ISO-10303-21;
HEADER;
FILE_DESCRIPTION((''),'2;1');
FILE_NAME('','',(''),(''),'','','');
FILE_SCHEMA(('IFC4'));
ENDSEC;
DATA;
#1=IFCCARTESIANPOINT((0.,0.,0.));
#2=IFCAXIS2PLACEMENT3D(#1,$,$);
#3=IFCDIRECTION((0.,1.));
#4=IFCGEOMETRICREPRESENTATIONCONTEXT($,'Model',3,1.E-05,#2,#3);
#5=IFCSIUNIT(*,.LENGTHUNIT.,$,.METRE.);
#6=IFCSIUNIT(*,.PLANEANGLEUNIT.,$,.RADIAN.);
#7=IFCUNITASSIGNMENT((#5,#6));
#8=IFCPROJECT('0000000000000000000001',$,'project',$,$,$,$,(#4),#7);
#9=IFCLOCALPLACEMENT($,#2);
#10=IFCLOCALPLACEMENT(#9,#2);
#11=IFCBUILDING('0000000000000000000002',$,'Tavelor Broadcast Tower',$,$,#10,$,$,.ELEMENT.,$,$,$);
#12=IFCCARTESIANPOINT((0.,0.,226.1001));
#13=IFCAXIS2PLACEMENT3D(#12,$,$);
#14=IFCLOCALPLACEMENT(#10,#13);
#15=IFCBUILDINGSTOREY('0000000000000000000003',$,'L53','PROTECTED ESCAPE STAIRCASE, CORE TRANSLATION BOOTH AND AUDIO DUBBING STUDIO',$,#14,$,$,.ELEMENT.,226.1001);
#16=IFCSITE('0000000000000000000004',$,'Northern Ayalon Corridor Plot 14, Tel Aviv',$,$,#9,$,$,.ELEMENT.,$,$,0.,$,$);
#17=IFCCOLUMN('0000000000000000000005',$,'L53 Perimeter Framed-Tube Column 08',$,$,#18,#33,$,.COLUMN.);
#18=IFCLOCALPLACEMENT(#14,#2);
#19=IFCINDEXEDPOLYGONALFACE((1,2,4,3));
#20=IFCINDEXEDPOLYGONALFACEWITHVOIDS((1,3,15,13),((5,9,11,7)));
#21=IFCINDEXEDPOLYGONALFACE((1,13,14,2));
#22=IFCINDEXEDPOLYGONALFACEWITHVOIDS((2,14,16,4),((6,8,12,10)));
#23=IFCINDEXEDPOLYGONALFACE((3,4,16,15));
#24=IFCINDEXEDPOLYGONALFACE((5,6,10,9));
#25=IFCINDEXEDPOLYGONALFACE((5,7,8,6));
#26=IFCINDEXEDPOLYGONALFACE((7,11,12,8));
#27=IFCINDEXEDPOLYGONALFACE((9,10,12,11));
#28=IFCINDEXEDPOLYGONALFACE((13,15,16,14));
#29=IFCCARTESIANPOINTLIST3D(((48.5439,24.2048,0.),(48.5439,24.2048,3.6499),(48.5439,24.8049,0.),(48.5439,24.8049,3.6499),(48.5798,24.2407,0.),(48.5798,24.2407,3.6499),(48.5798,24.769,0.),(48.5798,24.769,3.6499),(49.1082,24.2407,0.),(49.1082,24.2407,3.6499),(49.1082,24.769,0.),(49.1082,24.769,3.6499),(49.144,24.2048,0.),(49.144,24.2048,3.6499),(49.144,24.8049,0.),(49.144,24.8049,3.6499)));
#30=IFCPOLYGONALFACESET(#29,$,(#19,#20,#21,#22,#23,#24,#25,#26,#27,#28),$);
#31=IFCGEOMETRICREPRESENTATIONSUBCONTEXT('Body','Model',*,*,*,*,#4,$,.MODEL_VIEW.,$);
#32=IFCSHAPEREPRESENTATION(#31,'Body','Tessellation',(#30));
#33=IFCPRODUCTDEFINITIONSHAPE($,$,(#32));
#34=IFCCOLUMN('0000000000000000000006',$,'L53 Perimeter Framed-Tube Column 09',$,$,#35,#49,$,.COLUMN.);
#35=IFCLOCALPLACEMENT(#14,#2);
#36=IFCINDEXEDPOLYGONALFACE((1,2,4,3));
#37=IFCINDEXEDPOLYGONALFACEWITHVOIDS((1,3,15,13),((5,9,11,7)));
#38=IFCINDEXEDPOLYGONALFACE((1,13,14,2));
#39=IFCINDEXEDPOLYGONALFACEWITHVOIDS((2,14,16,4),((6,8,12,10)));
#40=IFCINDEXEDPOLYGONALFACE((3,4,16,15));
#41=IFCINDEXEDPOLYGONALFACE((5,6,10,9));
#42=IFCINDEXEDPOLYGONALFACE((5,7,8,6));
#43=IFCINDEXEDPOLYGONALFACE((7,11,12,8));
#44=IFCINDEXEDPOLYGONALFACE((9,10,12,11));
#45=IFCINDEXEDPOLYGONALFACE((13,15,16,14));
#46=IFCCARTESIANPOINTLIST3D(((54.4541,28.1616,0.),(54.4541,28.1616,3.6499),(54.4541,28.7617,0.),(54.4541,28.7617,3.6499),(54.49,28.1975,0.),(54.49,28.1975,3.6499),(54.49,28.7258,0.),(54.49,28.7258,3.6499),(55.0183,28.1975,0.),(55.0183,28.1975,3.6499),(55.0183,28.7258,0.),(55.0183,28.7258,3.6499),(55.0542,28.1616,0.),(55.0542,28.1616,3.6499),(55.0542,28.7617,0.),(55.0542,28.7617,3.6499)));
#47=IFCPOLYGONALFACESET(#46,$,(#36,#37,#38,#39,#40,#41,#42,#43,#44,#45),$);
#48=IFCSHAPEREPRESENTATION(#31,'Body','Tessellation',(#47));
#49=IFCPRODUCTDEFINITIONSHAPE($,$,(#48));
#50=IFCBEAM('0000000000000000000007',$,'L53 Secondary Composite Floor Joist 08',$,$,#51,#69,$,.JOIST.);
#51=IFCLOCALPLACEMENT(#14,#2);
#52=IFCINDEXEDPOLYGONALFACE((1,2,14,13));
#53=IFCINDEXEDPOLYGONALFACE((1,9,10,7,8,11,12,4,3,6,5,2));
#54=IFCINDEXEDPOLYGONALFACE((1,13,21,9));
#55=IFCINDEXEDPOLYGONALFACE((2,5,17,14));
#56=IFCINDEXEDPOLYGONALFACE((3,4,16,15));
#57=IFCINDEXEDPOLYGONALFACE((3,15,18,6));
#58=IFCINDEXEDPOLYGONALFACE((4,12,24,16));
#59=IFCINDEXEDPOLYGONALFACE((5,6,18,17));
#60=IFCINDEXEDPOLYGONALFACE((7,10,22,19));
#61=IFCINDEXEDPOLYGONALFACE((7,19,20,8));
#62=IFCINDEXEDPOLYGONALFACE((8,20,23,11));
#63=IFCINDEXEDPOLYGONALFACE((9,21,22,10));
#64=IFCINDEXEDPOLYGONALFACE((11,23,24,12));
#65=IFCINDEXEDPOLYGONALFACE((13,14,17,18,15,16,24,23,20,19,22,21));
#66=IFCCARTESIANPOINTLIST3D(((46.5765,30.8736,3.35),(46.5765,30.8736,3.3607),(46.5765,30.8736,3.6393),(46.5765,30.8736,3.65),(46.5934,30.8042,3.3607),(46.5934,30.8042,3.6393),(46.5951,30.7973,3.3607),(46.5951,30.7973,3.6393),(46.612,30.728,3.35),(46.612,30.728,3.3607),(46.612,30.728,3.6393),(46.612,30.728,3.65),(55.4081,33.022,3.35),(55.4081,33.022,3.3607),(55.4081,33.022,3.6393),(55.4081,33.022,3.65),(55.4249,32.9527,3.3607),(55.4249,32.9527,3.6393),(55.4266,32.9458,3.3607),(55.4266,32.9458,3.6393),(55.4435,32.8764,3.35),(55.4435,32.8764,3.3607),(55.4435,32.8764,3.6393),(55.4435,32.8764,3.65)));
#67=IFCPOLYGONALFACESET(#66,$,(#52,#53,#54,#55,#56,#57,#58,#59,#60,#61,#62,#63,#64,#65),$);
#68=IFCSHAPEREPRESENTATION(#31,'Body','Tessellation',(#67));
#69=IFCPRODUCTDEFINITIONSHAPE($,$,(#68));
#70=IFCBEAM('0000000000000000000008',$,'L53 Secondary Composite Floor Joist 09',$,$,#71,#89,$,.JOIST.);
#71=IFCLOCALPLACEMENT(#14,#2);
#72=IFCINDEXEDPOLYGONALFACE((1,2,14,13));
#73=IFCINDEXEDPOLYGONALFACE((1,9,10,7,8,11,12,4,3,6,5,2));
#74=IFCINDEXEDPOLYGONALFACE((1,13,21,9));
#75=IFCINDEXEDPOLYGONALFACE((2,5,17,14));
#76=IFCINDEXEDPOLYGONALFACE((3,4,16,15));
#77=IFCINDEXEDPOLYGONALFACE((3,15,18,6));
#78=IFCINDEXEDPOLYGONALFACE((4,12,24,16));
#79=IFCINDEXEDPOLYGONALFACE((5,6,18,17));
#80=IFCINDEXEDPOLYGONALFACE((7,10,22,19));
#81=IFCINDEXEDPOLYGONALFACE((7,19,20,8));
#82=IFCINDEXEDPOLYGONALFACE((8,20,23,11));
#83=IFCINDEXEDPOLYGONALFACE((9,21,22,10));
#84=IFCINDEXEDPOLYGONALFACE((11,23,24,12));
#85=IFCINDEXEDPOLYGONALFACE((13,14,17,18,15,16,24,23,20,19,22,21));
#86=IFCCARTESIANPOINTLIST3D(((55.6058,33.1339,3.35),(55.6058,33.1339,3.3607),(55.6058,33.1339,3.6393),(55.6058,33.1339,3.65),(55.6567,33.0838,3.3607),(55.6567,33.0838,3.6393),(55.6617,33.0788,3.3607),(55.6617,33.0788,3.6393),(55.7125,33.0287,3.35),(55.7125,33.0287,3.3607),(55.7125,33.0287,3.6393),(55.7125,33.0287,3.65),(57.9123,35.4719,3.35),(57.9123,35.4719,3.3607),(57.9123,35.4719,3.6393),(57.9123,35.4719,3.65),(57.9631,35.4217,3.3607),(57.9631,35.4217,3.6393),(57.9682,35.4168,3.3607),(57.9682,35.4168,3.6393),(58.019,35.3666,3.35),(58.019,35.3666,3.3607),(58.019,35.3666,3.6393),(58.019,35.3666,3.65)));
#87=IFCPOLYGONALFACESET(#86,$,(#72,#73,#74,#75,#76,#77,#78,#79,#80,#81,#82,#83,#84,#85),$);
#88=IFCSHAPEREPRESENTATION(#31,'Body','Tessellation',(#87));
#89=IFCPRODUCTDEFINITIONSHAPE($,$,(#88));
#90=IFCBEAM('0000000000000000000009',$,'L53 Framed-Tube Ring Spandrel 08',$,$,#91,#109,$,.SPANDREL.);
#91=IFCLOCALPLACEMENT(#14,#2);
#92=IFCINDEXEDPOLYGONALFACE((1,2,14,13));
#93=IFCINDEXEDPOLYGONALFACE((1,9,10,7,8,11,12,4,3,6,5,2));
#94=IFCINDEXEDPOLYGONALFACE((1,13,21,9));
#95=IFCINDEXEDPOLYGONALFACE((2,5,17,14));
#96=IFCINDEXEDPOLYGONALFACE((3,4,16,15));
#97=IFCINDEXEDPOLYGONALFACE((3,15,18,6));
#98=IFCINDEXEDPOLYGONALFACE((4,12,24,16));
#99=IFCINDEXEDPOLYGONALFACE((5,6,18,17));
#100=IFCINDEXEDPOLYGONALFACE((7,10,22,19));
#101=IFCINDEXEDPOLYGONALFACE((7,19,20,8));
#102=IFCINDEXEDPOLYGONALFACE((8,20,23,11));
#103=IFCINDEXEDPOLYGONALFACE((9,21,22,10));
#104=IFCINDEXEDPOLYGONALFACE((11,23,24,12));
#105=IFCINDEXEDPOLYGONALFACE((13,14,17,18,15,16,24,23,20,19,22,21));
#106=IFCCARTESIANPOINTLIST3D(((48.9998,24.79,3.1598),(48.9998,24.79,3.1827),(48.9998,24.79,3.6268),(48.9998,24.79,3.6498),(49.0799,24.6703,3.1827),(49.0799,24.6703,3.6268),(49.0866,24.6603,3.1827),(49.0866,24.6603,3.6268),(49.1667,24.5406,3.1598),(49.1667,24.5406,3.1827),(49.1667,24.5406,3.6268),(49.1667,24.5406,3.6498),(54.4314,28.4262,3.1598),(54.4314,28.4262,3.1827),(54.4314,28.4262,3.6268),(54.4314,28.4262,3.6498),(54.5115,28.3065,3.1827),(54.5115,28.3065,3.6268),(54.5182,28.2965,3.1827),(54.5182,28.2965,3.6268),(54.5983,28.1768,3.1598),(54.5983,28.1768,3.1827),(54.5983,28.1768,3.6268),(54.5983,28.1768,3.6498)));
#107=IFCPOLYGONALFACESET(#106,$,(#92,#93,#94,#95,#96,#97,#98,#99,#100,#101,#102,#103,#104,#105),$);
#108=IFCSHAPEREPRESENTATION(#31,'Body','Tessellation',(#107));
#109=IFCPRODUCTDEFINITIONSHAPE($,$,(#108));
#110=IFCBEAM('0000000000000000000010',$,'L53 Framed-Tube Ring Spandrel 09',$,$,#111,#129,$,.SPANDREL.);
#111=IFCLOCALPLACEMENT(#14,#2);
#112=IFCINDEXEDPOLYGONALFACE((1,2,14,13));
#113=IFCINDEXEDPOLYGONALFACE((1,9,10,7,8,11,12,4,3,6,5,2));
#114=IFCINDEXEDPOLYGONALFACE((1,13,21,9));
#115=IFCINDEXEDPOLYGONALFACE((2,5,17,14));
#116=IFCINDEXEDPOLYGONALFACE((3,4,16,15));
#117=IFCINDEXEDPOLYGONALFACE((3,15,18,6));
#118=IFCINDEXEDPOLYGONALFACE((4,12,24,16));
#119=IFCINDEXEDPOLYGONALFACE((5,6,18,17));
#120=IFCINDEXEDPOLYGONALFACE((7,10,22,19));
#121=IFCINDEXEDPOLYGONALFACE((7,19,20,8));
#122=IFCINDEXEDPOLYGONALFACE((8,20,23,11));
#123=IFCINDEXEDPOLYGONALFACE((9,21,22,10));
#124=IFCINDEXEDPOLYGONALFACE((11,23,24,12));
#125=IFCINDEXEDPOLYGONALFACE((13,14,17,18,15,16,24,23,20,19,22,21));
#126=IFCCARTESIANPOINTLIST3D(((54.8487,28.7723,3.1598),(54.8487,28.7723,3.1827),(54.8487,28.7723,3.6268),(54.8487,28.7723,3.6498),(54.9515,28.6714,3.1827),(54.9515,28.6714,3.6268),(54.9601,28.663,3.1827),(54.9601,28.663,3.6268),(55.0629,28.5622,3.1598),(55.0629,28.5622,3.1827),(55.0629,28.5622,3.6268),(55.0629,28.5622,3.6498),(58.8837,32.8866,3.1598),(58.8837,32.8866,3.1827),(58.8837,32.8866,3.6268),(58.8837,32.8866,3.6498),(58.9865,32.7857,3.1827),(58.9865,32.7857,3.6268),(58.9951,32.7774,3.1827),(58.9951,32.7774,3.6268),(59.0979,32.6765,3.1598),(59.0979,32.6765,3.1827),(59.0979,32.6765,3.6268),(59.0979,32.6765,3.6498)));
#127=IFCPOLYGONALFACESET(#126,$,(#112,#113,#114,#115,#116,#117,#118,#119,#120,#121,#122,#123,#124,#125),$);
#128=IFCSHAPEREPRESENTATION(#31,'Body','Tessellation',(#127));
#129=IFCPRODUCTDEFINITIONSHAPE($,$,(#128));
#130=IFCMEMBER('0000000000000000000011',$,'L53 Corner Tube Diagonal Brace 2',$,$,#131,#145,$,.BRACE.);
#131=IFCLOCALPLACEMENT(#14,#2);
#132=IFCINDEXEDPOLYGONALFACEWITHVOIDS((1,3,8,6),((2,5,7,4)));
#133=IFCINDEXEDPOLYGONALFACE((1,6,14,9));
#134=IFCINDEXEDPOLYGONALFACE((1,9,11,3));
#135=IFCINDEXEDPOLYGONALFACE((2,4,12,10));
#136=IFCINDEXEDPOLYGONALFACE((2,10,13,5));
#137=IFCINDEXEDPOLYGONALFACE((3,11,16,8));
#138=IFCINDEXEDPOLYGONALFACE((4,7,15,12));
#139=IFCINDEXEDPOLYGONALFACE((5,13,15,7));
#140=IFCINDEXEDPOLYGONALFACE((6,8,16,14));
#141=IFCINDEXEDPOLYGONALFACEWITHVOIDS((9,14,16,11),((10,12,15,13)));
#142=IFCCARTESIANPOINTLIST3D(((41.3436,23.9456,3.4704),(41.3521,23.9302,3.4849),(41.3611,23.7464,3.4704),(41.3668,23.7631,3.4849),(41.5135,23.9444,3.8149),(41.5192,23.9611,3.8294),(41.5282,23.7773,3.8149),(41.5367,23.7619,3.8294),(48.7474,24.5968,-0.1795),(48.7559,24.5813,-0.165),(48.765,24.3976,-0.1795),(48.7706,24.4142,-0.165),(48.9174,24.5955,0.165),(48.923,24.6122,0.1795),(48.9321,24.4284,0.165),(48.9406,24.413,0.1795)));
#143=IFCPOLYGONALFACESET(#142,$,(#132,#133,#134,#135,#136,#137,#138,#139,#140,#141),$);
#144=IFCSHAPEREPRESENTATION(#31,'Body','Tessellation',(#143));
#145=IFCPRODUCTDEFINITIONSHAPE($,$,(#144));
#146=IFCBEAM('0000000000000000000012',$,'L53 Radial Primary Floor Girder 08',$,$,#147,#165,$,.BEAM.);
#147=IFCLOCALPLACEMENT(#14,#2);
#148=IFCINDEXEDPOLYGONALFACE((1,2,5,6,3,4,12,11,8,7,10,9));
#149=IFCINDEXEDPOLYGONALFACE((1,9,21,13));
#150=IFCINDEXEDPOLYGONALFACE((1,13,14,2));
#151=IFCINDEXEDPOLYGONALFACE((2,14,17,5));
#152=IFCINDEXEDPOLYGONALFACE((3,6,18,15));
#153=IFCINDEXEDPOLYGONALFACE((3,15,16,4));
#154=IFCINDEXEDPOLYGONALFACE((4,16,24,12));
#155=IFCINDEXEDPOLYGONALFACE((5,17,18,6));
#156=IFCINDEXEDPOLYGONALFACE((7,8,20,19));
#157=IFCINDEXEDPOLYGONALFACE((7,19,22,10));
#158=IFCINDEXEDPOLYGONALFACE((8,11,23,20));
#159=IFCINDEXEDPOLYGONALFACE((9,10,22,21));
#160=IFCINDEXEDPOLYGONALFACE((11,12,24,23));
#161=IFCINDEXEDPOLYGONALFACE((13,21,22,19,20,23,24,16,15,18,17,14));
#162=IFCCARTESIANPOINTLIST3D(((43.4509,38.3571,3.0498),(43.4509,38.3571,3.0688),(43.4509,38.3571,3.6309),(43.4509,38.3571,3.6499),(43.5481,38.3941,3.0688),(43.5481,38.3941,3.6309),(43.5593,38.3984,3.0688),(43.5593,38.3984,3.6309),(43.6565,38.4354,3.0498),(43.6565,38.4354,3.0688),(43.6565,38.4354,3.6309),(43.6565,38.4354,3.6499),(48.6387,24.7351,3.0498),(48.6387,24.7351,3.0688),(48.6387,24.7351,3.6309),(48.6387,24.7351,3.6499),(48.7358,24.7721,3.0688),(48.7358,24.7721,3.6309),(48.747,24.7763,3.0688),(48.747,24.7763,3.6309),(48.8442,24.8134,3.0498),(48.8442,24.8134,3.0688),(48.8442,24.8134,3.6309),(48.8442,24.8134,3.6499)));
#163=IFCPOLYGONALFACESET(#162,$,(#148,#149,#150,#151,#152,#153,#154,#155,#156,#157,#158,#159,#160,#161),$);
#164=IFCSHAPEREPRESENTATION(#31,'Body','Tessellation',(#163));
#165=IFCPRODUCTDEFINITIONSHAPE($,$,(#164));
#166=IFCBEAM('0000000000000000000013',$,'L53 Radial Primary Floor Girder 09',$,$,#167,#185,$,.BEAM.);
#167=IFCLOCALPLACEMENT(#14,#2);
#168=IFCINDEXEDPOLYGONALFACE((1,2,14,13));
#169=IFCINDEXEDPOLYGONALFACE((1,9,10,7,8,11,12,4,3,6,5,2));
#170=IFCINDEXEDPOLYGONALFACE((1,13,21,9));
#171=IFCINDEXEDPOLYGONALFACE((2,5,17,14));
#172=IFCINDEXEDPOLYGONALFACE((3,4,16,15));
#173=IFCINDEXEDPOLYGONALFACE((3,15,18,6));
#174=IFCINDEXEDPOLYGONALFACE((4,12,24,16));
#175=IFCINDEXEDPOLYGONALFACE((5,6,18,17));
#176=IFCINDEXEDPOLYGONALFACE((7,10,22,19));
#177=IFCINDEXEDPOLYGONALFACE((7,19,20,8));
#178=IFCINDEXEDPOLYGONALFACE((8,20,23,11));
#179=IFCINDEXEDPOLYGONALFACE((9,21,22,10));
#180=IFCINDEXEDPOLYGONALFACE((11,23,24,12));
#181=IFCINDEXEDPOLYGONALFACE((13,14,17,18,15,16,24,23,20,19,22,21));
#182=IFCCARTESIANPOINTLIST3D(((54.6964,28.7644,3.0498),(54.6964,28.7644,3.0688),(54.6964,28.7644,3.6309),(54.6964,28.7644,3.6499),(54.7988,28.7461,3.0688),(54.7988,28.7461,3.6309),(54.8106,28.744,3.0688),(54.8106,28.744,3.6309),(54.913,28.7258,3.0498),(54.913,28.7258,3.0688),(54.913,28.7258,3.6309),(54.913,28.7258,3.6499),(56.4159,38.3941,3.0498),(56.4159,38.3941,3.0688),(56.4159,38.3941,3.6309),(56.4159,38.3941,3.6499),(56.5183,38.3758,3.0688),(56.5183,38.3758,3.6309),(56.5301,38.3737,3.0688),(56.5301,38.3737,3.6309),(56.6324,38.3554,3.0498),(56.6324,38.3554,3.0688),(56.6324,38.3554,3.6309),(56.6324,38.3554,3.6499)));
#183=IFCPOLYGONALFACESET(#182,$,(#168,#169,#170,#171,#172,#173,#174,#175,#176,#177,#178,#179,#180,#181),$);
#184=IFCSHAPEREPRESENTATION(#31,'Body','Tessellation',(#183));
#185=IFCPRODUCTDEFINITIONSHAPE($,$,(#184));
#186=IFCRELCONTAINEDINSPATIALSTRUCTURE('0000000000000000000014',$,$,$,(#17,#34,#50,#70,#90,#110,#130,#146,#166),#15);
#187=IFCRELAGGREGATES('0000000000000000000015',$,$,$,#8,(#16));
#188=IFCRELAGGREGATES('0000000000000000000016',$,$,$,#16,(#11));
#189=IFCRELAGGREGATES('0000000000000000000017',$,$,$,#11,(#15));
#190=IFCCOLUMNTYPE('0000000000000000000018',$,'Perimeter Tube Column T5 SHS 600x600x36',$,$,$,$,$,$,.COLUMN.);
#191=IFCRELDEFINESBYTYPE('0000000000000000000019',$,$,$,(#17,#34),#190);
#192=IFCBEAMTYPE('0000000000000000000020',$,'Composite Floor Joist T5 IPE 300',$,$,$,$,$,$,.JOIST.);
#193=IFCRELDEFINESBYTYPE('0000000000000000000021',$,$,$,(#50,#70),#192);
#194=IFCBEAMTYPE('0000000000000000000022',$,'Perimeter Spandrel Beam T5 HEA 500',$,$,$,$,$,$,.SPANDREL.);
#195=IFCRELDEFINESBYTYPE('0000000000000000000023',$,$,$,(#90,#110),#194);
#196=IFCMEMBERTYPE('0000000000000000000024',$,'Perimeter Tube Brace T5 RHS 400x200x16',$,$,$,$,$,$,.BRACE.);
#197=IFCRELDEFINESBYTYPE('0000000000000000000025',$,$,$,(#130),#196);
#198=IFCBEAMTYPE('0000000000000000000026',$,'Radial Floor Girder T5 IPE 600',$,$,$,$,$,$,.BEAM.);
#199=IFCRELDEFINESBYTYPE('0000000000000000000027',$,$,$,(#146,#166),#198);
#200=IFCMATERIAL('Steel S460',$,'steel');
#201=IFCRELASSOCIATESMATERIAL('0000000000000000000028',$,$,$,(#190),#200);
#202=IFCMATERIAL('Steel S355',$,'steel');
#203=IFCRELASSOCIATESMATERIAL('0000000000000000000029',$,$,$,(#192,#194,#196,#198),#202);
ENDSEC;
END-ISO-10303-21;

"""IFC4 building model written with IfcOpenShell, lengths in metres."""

from ifc_helpers import new_model, si_unit, direction, frame, origin, origin_2d, place, context, subcontext, project, spatial, hollow_rectangle, i_section, extrude, material, material_profile, profile_set, type_object, element, save


model = new_model("IFC4")

# Units and contexts
model_context = context("Model", 3, precision=1e-05, world=origin(), true_north=direction((0.0, 1.0)))
body_context = subcontext(model_context, "Body", "Model", "MODEL_VIEW")
ifc_project = project(units=[si_unit("LENGTHUNIT", "METRE"), si_unit("PLANEANGLEUNIT", "RADIAN")], contexts=[model_context])

# Site, building, storey
site_placement = place(None, origin())
site = spatial("IfcSite", under=ifc_project, at=site_placement, Name="Northern Ayalon Corridor Plot 14, Tel Aviv", CompositionType="ELEMENT", RefElevation=0.0)
building_placement = place(site_placement, origin())
building = spatial("IfcBuilding", under=site, at=building_placement, Name="Tavelor Broadcast Tower", CompositionType="ELEMENT")
storey_placement = place(building_placement, frame((0.0, 0.0, 226.1001)))
storey = spatial("IfcBuildingStorey", under=building, at=storey_placement, Name="L53", Description="PROTECTED ESCAPE STAIRCASE, CORE TRANSLATION BOOTH AND AUDIO DUBBING STUDIO", CompositionType="ELEMENT", Elevation=226.1001)

# Columns
ifc_material_1 = material(Name="Steel S460", Category="steel")
ifc_material_profile_1 = material_profile(ifc_material_1, hollow_rectangle(XDim=0.6001, YDim=0.6001, WallThickness=0.0359, at=origin_2d()), Name="SHS 600x600x36")
ifc_profile_set_1 = profile_set([ifc_material_profile_1], Name="Steel S460")
column_type = type_object("IfcColumnType", Name="Perimeter Tube Column T5 SHS 600x600x36", PredefinedType="COLUMN", material=ifc_profile_set_1)
for number, where, z_axis, x_axis, name in (
    (1, (48.844, 24.5049, 0.0), (0.0, 0.0, 1.0), (1.0, 0.0, 0.0), "L53 Perimeter Framed-Tube Column 08"),
    (2, (54.7542, 28.4617, 0.0), (0.0, 0.0, 1.0), (1.0, 0.0, 0.0), "L53 Perimeter Framed-Tube Column 09"),
):
    element("IfcColumn", number, at=place(storey_placement, frame(where, z_axis=z_axis, x_axis=x_axis)), inside=storey, type_object=column_type, Name=name, PredefinedType="COLUMN", context=body_context, shape_type="SweptSolid", body=[
        extrude(hollow_rectangle(XDim=0.6001, YDim=0.6001, WallThickness=0.0359, at=origin_2d()), origin(), (0.0, 0.0, 1.0), 3.6499),
    ])

# Beams
ifc_material_2 = material(Name="Steel S355", Category="steel")
ifc_material_profile_2 = material_profile(ifc_material_2, i_section(OverallWidth=0.1499, OverallDepth=0.3, WebThickness=0.0071, FlangeThickness=0.0107, at=origin_2d()), Name="IPE 300")
ifc_profile_set_2 = profile_set([ifc_material_profile_2], Name="Steel S355")
beam_type_1 = type_object("IfcBeamType", Name="Composite Floor Joist T5 IPE 300", PredefinedType="JOIST", material=ifc_profile_set_2)
beam_1_placement = place(storey_placement, frame((46.5942, 30.8008, 3.5), z_axis=(0.971662, 0.236375, 0.0), x_axis=(-0.236375, 0.971662, 0.0)))
element("IfcBeam", 3, at=beam_1_placement, inside=storey, type_object=beam_type_1, Name="L53 Secondary Composite Floor Joist 08", PredefinedType="JOIST", context=body_context, shape_type="SweptSolid", body=[
    extrude(i_section(OverallWidth=0.1499, OverallDepth=0.3, WebThickness=0.0071, FlangeThickness=0.0107, at=origin_2d()), origin(), (0.0, 0.0, 1.0), 9.0891),
])
beam_2_placement = place(storey_placement, frame((55.6592, 33.0813, 3.5), z_axis=(0.702296, 0.711885, 0.0), x_axis=(-0.711885, 0.702296, 0.0)))
element("IfcBeam", 4, at=beam_2_placement, inside=storey, type_object=beam_type_1, Name="L53 Secondary Composite Floor Joist 09", PredefinedType="JOIST", context=body_context, shape_type="SweptSolid", body=[
    extrude(i_section(OverallWidth=0.1499, OverallDepth=0.3, WebThickness=0.0071, FlangeThickness=0.0107, at=origin_2d()), origin(), (0.0, 0.0, 1.0), 3.2842),
])
ifc_material_profile_3 = material_profile(ifc_material_2, i_section(OverallWidth=0.3, OverallDepth=0.49, WebThickness=0.012, FlangeThickness=0.0229, at=origin_2d()), Name="HEA 500")
ifc_profile_set_3 = profile_set([ifc_material_profile_3], Name="Steel S355")
beam_type_2 = type_object("IfcBeamType", Name="Perimeter Spandrel Beam T5 HEA 500", PredefinedType="SPANDREL", material=ifc_profile_set_3)
beam_3_placement = place(storey_placement, frame((49.0833, 24.6653, 3.4048), z_axis=(0.83098, 0.556302, 0.0), x_axis=(-0.556302, 0.83098, 0.0)))
element("IfcBeam", 5, at=beam_3_placement, inside=storey, type_object=beam_type_2, Name="L53 Framed-Tube Ring Spandrel 08", PredefinedType="SPANDREL", context=body_context, shape_type="SweptSolid", body=[
    extrude(i_section(OverallWidth=0.3, OverallDepth=0.49, WebThickness=0.012, FlangeThickness=0.0229, at=origin_2d()), origin(), (0.0, 0.0, 1.0), 6.5364),
])
beam_4_placement = place(storey_placement, frame((54.9558, 28.6672, 3.4048), z_axis=(0.700189, 0.713958, 0.0), x_axis=(-0.713958, 0.700189, 0.0)))
element("IfcBeam", 6, at=beam_4_placement, inside=storey, type_object=beam_type_2, Name="L53 Framed-Tube Ring Spandrel 09", PredefinedType="SPANDREL", context=body_context, shape_type="SweptSolid", body=[
    extrude(i_section(OverallWidth=0.3, OverallDepth=0.49, WebThickness=0.012, FlangeThickness=0.0229, at=origin_2d()), origin(), (0.0, 0.0, 1.0), 5.7627),
])

# Member
ifc_material_profile_4 = material_profile(ifc_material_2, hollow_rectangle(XDim=0.2, YDim=0.3999, WallThickness=0.0161, at=origin_2d()), Name="RHS 400x200x16")
ifc_profile_set_4 = profile_set([ifc_material_profile_4], Name="Steel S355")
member_type_1 = type_object("IfcMemberType", Name="Perimeter Tube Brace T5 RHS 400x200x16", PredefinedType="BRACE", material=ifc_profile_set_4)
member_1_placement = place(storey_placement, frame((48.844, 24.5049, 0.0), z_axis=(-0.894155, -0.078636, 0.440797), x_axis=(0.087606, -0.996155, 0.0)))
element("IfcMember", 7, at=member_1_placement, inside=storey, type_object=member_type_1, Name="L53 Corner Tube Diagonal Brace 2", PredefinedType="BRACE", context=body_context, shape_type="SweptSolid", body=[
    extrude(hollow_rectangle(XDim=0.2, YDim=0.3999, WallThickness=0.0161, at=origin_2d()), origin(), (0.0, 0.0, 1.0), 8.2803),
])

# Beams
ifc_material_profile_5 = material_profile(ifc_material_2, i_section(OverallWidth=0.22, OverallDepth=0.6001, WebThickness=0.012, FlangeThickness=0.019, at=origin_2d()), Name="IPE 600")
ifc_profile_set_5 = profile_set([ifc_material_profile_5], Name="Steel S355")
beam_type_3 = type_object("IfcBeamType", Name="Radial Floor Girder T5 IPE 600", PredefinedType="BEAM", material=ifc_profile_set_5)
beam_5_placement = place(storey_placement, frame((43.5537, 38.3962, 3.3499), z_axis=(0.355899, -0.934525, 0.0), x_axis=(0.934525, 0.355899, 0.0)))
element("IfcBeam", 8, at=beam_5_placement, inside=storey, type_object=beam_type_3, Name="L53 Radial Primary Floor Girder 08", PredefinedType="BEAM", context=body_context, shape_type="SweptSolid", body=[
    extrude(i_section(OverallWidth=0.22, OverallDepth=0.6001, WebThickness=0.012, FlangeThickness=0.019, at=origin_2d()), origin(), (0.0, 0.0, 1.0), 14.5764),
])
beam_6_placement = place(storey_placement, frame((56.5242, 38.3748, 3.3499), z_axis=(-0.175781, -0.984429, 0.0), x_axis=(0.984429, -0.175781, 0.0)))
element("IfcBeam", 9, at=beam_6_placement, inside=storey, type_object=beam_type_3, Name="L53 Radial Primary Floor Girder 09", PredefinedType="BEAM", context=body_context, shape_type="SweptSolid", body=[
    extrude(i_section(OverallWidth=0.22, OverallDepth=0.6001, WebThickness=0.012, FlangeThickness=0.019, at=origin_2d()), origin(), (0.0, 0.0, 1.0), 9.782),
])

save(model, "model.ifc")
